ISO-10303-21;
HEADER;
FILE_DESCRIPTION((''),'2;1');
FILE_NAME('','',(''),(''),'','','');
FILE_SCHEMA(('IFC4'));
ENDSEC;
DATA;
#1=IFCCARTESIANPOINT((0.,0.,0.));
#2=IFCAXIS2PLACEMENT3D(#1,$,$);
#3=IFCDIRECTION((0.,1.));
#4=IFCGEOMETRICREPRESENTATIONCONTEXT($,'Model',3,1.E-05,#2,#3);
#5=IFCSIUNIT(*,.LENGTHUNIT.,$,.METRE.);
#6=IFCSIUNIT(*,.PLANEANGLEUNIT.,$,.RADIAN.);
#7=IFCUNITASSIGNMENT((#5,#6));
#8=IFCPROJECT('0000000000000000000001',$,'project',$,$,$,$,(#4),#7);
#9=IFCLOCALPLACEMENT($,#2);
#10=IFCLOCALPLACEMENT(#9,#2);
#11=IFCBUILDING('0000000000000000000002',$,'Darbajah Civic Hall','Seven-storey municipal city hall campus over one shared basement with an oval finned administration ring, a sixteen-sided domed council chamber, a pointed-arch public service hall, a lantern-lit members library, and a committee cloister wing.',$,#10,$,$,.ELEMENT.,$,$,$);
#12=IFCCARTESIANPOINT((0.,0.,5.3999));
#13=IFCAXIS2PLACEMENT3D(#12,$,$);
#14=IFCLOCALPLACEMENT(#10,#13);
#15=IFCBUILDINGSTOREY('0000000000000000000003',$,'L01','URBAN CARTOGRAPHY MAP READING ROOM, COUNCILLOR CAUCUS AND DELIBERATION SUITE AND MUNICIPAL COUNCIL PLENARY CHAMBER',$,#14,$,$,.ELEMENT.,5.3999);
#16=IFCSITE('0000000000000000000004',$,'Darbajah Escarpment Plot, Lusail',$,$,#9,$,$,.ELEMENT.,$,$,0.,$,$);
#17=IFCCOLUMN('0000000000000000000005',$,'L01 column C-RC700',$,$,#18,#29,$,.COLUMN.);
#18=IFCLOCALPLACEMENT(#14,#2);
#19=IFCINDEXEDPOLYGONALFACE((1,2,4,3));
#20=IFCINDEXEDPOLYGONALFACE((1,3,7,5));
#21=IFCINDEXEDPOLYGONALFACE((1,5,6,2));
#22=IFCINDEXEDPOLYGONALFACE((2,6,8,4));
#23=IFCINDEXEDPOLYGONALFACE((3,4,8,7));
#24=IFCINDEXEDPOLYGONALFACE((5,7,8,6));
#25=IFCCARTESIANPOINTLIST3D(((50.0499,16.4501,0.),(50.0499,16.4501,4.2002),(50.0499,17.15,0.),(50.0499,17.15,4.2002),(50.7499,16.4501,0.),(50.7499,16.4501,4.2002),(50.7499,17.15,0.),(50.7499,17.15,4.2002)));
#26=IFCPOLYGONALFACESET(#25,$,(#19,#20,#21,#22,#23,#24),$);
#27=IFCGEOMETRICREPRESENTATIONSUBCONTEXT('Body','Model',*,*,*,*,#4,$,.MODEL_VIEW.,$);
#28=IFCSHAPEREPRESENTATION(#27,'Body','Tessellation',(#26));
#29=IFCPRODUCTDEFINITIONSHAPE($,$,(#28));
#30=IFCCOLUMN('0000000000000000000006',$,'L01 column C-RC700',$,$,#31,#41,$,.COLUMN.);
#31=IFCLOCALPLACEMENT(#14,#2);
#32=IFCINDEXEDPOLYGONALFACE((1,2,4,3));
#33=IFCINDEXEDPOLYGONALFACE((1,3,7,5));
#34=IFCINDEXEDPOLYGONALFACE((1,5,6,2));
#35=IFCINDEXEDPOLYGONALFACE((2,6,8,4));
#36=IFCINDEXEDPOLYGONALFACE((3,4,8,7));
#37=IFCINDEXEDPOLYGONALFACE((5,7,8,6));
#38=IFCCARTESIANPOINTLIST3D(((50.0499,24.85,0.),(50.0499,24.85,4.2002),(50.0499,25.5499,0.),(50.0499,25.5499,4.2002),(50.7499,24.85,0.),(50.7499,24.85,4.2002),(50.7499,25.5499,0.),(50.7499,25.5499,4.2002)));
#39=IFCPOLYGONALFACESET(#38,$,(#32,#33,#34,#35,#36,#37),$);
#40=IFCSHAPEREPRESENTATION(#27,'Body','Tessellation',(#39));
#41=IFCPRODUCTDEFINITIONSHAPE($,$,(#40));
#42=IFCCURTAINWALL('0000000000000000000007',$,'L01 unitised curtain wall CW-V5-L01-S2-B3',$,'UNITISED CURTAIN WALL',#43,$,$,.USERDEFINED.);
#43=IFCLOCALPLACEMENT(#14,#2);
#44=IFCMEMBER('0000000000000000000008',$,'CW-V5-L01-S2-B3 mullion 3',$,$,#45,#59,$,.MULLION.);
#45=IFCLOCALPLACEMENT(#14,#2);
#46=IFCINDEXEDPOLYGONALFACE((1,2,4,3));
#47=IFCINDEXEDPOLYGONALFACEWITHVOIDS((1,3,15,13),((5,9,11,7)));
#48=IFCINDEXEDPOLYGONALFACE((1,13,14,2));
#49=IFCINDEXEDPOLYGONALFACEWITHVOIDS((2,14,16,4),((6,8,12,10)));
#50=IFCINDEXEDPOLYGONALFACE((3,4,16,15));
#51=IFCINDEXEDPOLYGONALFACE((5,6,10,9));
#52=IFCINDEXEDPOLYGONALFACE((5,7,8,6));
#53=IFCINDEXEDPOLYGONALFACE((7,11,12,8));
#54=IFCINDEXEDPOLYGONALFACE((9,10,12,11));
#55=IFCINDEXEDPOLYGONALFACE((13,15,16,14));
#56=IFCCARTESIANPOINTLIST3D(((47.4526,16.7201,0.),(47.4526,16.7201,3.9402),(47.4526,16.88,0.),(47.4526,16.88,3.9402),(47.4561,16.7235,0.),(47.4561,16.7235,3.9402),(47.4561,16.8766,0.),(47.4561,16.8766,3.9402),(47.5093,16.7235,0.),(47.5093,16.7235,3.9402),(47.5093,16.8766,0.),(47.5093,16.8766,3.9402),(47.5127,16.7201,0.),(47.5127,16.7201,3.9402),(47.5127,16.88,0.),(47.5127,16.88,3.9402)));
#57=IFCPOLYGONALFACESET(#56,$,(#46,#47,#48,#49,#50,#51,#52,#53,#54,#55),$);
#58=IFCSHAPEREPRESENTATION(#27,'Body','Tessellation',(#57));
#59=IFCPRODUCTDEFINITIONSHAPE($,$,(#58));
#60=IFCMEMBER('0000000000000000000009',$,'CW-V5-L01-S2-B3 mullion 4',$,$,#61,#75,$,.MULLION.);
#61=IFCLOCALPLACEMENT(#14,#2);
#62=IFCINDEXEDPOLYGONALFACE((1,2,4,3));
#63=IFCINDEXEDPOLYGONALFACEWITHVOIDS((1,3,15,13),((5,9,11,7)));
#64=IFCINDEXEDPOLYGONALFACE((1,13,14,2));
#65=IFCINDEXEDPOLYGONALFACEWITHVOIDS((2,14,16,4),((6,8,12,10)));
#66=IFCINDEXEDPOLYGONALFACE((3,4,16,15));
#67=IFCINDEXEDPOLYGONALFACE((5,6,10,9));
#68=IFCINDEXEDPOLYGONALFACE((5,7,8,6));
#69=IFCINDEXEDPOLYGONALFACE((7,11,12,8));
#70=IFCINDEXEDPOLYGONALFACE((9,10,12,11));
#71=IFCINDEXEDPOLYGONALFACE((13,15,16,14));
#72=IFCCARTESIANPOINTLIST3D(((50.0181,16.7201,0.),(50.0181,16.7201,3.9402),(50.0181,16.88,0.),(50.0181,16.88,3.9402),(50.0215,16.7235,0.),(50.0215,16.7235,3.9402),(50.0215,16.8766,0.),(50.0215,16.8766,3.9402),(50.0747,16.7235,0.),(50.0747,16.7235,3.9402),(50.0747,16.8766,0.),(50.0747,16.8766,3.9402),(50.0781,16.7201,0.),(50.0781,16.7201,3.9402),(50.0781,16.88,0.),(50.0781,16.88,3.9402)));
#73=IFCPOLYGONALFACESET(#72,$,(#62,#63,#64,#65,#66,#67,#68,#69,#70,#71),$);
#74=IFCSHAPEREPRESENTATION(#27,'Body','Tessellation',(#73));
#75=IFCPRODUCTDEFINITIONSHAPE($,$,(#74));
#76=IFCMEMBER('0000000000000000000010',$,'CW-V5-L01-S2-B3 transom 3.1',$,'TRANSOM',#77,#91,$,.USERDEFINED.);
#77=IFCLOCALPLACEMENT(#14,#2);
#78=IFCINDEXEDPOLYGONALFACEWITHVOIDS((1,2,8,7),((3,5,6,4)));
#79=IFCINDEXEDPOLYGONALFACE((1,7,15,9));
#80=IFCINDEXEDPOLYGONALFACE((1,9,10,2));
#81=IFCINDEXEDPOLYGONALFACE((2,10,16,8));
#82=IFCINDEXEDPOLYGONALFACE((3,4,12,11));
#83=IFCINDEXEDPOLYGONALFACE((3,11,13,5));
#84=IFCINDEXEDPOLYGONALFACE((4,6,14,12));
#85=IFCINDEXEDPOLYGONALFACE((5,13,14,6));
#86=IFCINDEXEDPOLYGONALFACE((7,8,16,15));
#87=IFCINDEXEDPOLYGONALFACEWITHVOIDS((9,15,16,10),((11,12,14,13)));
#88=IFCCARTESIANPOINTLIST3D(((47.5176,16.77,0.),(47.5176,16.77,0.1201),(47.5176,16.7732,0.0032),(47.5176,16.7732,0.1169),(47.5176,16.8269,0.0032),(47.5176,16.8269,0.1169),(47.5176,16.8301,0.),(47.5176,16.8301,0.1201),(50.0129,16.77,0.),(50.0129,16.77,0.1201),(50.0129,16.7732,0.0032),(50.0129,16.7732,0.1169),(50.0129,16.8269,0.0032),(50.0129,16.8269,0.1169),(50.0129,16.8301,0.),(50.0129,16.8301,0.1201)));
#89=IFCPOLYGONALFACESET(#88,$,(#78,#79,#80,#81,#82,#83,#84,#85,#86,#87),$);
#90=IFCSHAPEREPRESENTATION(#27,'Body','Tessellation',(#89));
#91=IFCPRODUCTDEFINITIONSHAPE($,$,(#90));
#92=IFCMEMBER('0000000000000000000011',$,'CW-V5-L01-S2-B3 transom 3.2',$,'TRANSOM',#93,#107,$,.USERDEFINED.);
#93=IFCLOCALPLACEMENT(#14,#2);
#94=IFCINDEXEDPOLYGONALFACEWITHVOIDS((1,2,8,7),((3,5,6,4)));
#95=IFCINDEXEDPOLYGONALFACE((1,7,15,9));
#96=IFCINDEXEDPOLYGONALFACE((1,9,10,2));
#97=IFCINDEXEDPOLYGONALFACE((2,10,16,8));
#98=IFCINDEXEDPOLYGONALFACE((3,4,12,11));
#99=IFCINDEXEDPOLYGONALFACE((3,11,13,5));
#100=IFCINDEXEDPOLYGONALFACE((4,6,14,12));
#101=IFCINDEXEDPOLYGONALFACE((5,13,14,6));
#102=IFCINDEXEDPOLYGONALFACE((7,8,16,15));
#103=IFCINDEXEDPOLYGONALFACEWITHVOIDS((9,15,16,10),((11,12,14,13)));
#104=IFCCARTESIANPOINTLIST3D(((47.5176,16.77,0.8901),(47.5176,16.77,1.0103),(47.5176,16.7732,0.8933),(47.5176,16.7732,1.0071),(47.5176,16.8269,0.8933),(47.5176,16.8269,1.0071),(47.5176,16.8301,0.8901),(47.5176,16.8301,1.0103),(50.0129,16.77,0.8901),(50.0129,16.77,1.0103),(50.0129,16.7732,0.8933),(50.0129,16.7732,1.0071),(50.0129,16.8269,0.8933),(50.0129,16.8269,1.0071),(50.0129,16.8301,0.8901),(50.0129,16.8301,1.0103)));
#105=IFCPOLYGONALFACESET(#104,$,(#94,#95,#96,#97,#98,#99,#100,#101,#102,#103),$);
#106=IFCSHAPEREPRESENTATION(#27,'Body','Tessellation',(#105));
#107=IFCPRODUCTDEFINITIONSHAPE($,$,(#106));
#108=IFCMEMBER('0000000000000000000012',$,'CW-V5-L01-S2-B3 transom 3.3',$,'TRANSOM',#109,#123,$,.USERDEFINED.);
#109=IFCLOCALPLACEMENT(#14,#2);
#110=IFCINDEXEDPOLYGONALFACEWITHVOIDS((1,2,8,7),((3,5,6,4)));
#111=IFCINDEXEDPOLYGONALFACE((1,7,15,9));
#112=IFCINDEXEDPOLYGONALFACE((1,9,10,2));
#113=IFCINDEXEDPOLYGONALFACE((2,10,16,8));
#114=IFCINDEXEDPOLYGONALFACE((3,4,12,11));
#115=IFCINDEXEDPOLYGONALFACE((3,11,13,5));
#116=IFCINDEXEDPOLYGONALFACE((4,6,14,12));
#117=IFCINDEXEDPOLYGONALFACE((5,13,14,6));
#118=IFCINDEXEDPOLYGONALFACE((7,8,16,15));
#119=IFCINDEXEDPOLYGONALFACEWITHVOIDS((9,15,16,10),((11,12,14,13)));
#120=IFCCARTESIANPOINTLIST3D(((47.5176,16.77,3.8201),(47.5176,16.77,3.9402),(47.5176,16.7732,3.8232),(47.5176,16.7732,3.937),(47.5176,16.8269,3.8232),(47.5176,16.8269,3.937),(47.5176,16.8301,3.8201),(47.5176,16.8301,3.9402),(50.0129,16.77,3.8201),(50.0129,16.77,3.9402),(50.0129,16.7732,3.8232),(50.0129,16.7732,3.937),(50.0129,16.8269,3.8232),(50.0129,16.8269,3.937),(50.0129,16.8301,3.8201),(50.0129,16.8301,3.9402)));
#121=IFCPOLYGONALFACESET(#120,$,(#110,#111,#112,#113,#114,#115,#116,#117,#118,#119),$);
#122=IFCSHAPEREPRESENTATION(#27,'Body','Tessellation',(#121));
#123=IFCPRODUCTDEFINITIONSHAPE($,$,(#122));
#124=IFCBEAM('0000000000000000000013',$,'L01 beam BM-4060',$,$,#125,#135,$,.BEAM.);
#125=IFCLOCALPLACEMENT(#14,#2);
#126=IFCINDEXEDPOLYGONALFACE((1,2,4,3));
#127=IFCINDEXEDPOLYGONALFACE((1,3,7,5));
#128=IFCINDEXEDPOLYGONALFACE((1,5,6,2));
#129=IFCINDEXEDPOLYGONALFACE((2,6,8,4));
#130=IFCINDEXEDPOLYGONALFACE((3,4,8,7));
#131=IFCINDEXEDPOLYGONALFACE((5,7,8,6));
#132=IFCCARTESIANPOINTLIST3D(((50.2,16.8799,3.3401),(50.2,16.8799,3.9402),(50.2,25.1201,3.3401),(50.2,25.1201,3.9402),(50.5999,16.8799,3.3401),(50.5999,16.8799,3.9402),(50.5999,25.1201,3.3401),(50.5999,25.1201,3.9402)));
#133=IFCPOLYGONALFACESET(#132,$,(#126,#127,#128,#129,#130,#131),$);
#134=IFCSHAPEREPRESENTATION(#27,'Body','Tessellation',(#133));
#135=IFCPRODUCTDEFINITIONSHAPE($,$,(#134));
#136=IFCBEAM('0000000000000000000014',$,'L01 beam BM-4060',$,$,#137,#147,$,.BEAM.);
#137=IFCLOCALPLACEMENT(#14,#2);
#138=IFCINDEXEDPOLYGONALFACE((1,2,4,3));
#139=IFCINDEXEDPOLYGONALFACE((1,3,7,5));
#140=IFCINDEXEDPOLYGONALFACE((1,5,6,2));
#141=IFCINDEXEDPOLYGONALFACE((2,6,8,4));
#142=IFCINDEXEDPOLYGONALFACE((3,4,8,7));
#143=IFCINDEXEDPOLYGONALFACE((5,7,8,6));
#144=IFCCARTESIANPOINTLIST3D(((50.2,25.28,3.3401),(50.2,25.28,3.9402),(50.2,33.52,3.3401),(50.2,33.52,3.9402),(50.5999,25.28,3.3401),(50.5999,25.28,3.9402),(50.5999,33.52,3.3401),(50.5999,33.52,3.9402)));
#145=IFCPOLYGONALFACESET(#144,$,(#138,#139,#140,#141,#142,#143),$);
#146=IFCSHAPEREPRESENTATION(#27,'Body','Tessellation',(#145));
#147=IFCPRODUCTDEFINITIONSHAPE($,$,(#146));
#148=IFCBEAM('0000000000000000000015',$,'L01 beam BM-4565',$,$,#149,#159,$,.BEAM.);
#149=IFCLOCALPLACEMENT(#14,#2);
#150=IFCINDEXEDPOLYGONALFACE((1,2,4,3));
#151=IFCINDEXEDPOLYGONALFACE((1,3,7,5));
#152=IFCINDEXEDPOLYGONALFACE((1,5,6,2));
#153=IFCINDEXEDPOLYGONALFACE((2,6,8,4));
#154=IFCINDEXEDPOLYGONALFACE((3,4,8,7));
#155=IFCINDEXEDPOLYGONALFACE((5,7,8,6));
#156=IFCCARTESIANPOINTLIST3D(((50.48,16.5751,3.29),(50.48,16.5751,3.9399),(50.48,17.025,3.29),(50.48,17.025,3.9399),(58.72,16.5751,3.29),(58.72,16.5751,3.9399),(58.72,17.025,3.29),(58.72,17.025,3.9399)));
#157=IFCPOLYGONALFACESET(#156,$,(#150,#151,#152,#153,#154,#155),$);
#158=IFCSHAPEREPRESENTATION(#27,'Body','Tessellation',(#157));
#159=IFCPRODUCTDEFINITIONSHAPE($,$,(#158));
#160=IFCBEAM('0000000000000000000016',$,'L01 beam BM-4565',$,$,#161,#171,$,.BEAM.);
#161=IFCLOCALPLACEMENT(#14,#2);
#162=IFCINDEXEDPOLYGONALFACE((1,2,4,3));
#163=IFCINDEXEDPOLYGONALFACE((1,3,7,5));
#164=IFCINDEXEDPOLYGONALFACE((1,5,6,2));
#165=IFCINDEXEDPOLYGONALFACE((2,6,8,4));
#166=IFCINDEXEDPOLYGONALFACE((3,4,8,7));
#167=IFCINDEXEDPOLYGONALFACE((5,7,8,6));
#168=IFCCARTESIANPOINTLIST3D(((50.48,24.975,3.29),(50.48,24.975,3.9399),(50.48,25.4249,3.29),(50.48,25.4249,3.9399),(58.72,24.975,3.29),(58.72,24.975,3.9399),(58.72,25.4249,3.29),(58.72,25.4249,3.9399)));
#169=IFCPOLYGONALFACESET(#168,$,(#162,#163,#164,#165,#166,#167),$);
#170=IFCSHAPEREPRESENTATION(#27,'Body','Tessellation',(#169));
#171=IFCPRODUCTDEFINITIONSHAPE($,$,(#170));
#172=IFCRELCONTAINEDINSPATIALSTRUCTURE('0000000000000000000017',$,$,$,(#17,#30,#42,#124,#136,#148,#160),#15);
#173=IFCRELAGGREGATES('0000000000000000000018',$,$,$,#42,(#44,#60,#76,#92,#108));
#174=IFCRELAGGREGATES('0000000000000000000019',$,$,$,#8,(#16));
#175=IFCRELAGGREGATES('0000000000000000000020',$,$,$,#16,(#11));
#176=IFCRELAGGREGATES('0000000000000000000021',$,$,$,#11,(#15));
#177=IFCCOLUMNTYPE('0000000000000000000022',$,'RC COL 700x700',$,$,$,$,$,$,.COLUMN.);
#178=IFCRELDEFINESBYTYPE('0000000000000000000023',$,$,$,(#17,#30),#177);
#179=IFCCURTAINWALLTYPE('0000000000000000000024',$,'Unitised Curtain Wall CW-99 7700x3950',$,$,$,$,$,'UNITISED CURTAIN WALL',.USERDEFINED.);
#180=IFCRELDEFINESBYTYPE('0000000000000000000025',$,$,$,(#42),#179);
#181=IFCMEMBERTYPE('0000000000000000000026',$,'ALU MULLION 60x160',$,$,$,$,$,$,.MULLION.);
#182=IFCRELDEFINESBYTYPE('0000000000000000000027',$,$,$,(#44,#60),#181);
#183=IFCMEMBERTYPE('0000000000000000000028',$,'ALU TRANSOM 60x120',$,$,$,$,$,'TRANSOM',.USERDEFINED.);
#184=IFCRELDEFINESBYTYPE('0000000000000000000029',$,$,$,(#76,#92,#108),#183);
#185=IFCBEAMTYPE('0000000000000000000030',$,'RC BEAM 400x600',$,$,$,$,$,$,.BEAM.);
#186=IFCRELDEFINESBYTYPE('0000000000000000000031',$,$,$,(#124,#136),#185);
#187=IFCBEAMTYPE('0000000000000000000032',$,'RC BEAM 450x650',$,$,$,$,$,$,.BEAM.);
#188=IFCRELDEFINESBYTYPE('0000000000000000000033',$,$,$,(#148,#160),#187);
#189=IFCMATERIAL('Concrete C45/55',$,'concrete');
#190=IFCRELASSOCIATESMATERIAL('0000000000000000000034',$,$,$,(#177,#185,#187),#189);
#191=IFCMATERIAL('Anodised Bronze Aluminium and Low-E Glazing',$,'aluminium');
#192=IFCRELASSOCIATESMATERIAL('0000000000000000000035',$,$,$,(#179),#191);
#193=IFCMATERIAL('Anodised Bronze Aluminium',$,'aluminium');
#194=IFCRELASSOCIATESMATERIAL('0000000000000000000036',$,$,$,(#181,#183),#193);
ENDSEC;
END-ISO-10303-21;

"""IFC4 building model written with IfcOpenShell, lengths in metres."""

from ifc_helpers import new_model, si_unit, direction, frame, origin, origin_2d, place, context, subcontext, project, spatial, rectangle, hollow_rectangle, extrude, material, material_profile, profile_set, type_object, element, aggregate, save


model = new_model("IFC4")

# Units and contexts
model_context = context("Model", 3, precision=1e-05, world=origin(), true_north=direction((0.0, 1.0)))
body_context = subcontext(model_context, "Body", "Model", "MODEL_VIEW")
ifc_project = project(units=[si_unit("LENGTHUNIT", "METRE"), si_unit("PLANEANGLEUNIT", "RADIAN")], contexts=[model_context])

# Site, building, storey
site_placement = place(None, origin())
site = spatial("IfcSite", under=ifc_project, at=site_placement, Name="Darbajah Escarpment Plot, Lusail", CompositionType="ELEMENT", RefElevation=0.0)
building_placement = place(site_placement, origin())
building = spatial("IfcBuilding", under=site, at=building_placement, Name="Darbajah Civic Hall", Description="Seven-storey municipal city hall campus over one shared basement with an oval finned administration ring, a sixteen-sided domed council chamber, a pointed-arch public service hall, a lantern-lit members library, and a committee cloister wing.", CompositionType="ELEMENT")
storey_placement = place(building_placement, frame((0.0, 0.0, 5.3999)))
storey = spatial("IfcBuildingStorey", under=building, at=storey_placement, Name="L01", Description="URBAN CARTOGRAPHY MAP READING ROOM, COUNCILLOR CAUCUS AND DELIBERATION SUITE AND MUNICIPAL COUNCIL PLENARY CHAMBER", CompositionType="ELEMENT", Elevation=5.3999)

# Columns
ifc_material_1 = material(Name="Concrete C45/55", Category="concrete")
ifc_material_profile_1 = material_profile(ifc_material_1, rectangle(XDim=0.7, YDim=0.7, at=origin_2d()), Name="RC COL 700x700")
ifc_profile_set_1 = profile_set([ifc_material_profile_1], Name="Concrete C45/55")
column_type = type_object("IfcColumnType", Name="RC COL 700x700", PredefinedType="COLUMN", material=ifc_profile_set_1)
for number, where, z_axis, x_axis, name in (
    (1, (50.3999, 16.8, 0.0), (0.0, 0.0, 1.0), (1.0, 0.0, 0.0), "L01 column C-RC700"),
    (2, (50.3999, 25.2, 0.0), (0.0, 0.0, 1.0), (1.0, 0.0, 0.0), "L01 column C-RC700"),
):
    element("IfcColumn", number, at=place(storey_placement, frame(where, z_axis=z_axis, x_axis=x_axis)), inside=storey, type_object=column_type, Name=name, PredefinedType="COLUMN", context=body_context, shape_type="SweptSolid", body=[
        extrude(rectangle(XDim=0.7, YDim=0.7, at=origin_2d()), origin(), (0.0, 0.0, 1.0), 4.2002),
    ])

# Curtain wall, members
ifc_material_2 = material(Name="Anodised Bronze Aluminium and Low-E Glazing", Category="aluminium")
curtain_wall_type = type_object("IfcCurtainWallType", Name="Unitised Curtain Wall CW-99 7700x3950", ElementType="UNITISED CURTAIN WALL", PredefinedType="USERDEFINED", material=ifc_material_2)
curtain_wall_placement = place(storey_placement, origin())
curtain_wall = element("IfcCurtainWall", 3, at=curtain_wall_placement, inside=storey, type_object=curtain_wall_type, Name="L01 unitised curtain wall CW-V5-L01-S2-B3", ObjectType="UNITISED CURTAIN WALL", PredefinedType="USERDEFINED")
ifc_material_3 = material(Name="Anodised Bronze Aluminium", Category="aluminium")
ifc_material_profile_2 = material_profile(ifc_material_3, hollow_rectangle(XDim=0.0601, YDim=0.1599, WallThickness=0.0034, at=origin_2d()), Name="ALU MULLION 60x160")
ifc_profile_set_2 = profile_set([ifc_material_profile_2], Name="Anodised Bronze Aluminium")
member_type_1 = type_object("IfcMemberType", Name="ALU MULLION 60x160", PredefinedType="MULLION", material=ifc_profile_set_2)
member_1_placement = place(storey_placement, frame((47.4827, 16.8, 0.0), z_axis=(0.0, 0.0, 1.0), x_axis=(1.0, 0.0, 0.0)))
member_1 = element("IfcMember", 4, at=member_1_placement, type_object=member_type_1, Name="CW-V5-L01-S2-B3 mullion 3", PredefinedType="MULLION", context=body_context, shape_type="SweptSolid", body=[
    extrude(hollow_rectangle(XDim=0.0601, YDim=0.1599, WallThickness=0.0034, at=origin_2d()), origin(), (0.0, 0.0, 1.0), 3.9402),
])
member_2_placement = place(storey_placement, frame((50.0481, 16.8, 0.0), z_axis=(0.0, 0.0, 1.0), x_axis=(1.0, 0.0, 0.0)))
member_2 = element("IfcMember", 5, at=member_2_placement, type_object=member_type_1, Name="CW-V5-L01-S2-B3 mullion 4", PredefinedType="MULLION", context=body_context, shape_type="SweptSolid", body=[
    extrude(hollow_rectangle(XDim=0.0601, YDim=0.1599, WallThickness=0.0034, at=origin_2d()), origin(), (0.0, 0.0, 1.0), 3.9402),
])
ifc_material_profile_3 = material_profile(ifc_material_3, hollow_rectangle(XDim=0.0601, YDim=0.1201, WallThickness=0.0032, at=origin_2d()), Name="ALU TRANSOM 60x120")
ifc_profile_set_3 = profile_set([ifc_material_profile_3], Name="Anodised Bronze Aluminium")
member_type_2 = type_object("IfcMemberType", Name="ALU TRANSOM 60x120", ElementType="TRANSOM", PredefinedType="USERDEFINED", material=ifc_profile_set_3)
member_3_placement = place(storey_placement, frame((47.5176, 16.8, 0.0601), z_axis=(1.0, 0.0, 0.0), x_axis=(0.0, 1.0, 0.0)))
member_3 = element("IfcMember", 6, at=member_3_placement, type_object=member_type_2, Name="CW-V5-L01-S2-B3 transom 3.1", ObjectType="TRANSOM", PredefinedType="USERDEFINED", context=body_context, shape_type="SweptSolid", body=[
    extrude(hollow_rectangle(XDim=0.0601, YDim=0.1201, WallThickness=0.0032, at=origin_2d()), origin(), (0.0, 0.0, 1.0), 2.4954),
])
member_4_placement = place(storey_placement, frame((47.5176, 16.8, 0.9502), z_axis=(1.0, 0.0, 0.0), x_axis=(0.0, 1.0, 0.0)))
member_4 = element("IfcMember", 7, at=member_4_placement, type_object=member_type_2, Name="CW-V5-L01-S2-B3 transom 3.2", ObjectType="TRANSOM", PredefinedType="USERDEFINED", context=body_context, shape_type="SweptSolid", body=[
    extrude(hollow_rectangle(XDim=0.0601, YDim=0.1201, WallThickness=0.0032, at=origin_2d()), origin(), (0.0, 0.0, 1.0), 2.4954),
])
member_5_placement = place(storey_placement, frame((47.5176, 16.8, 3.8801), z_axis=(1.0, 0.0, 0.0), x_axis=(0.0, 1.0, 0.0)))
member_5 = element("IfcMember", 8, at=member_5_placement, type_object=member_type_2, Name="CW-V5-L01-S2-B3 transom 3.3", ObjectType="TRANSOM", PredefinedType="USERDEFINED", context=body_context, shape_type="SweptSolid", body=[
    extrude(hollow_rectangle(XDim=0.0601, YDim=0.1201, WallThickness=0.0032, at=origin_2d()), origin(), (0.0, 0.0, 1.0), 2.4954),
])

# Beams
ifc_material_profile_4 = material_profile(ifc_material_1, rectangle(XDim=0.3999, YDim=0.6001, at=origin_2d()), Name="RC BEAM 400x600")
ifc_profile_set_4 = profile_set([ifc_material_profile_4], Name="Concrete C45/55")
beam_type_1 = type_object("IfcBeamType", Name="RC BEAM 400x600", PredefinedType="BEAM", material=ifc_profile_set_4)
beam_1_placement = place(storey_placement, frame((50.3999, 16.8799, 3.6401), z_axis=(0.0, 1.0, 0.0), x_axis=(-1.0, 0.0, 0.0)))
element("IfcBeam", 9, at=beam_1_placement, inside=storey, type_object=beam_type_1, Name="L01 beam BM-4060", PredefinedType="BEAM", context=body_context, shape_type="SweptSolid", body=[
    extrude(rectangle(XDim=0.3999, YDim=0.6001, at=origin_2d()), origin(), (0.0, 0.0, 1.0), 8.2402),
])
beam_2_placement = place(storey_placement, frame((50.3999, 25.28, 3.6401), z_axis=(0.0, 1.0, 0.0), x_axis=(-1.0, 0.0, 0.0)))
element("IfcBeam", 10, at=beam_2_placement, inside=storey, type_object=beam_type_1, Name="L01 beam BM-4060", PredefinedType="BEAM", context=body_context, shape_type="SweptSolid", body=[
    extrude(rectangle(XDim=0.3999, YDim=0.6001, at=origin_2d()), origin(), (0.0, 0.0, 1.0), 8.24),
])
ifc_material_profile_5 = material_profile(ifc_material_1, rectangle(XDim=0.45, YDim=0.6499, at=origin_2d()), Name="RC BEAM 450x650")
ifc_profile_set_5 = profile_set([ifc_material_profile_5], Name="Concrete C45/55")
beam_type_2 = type_object("IfcBeamType", Name="RC BEAM 450x650", PredefinedType="BEAM", material=ifc_profile_set_5)
for number, where, z_axis, x_axis, name in (
    (11, (50.48, 16.8, 3.615), (1.0, 0.0, 0.0), (0.0, 1.0, 0.0), "L01 beam BM-4565"),
    (12, (50.48, 25.2, 3.615), (1.0, 0.0, 0.0), (0.0, 1.0, 0.0), "L01 beam BM-4565"),
):
    element("IfcBeam", number, at=place(storey_placement, frame(where, z_axis=z_axis, x_axis=x_axis)), inside=storey, type_object=beam_type_2, Name=name, PredefinedType="BEAM", context=body_context, shape_type="SweptSolid", body=[
        extrude(rectangle(XDim=0.45, YDim=0.6499, at=origin_2d()), origin(), (0.0, 0.0, 1.0), 8.24),
    ])

aggregate(curtain_wall, [member_1, member_2, member_3, member_4, member_5])

save(model, "model.ifc")
